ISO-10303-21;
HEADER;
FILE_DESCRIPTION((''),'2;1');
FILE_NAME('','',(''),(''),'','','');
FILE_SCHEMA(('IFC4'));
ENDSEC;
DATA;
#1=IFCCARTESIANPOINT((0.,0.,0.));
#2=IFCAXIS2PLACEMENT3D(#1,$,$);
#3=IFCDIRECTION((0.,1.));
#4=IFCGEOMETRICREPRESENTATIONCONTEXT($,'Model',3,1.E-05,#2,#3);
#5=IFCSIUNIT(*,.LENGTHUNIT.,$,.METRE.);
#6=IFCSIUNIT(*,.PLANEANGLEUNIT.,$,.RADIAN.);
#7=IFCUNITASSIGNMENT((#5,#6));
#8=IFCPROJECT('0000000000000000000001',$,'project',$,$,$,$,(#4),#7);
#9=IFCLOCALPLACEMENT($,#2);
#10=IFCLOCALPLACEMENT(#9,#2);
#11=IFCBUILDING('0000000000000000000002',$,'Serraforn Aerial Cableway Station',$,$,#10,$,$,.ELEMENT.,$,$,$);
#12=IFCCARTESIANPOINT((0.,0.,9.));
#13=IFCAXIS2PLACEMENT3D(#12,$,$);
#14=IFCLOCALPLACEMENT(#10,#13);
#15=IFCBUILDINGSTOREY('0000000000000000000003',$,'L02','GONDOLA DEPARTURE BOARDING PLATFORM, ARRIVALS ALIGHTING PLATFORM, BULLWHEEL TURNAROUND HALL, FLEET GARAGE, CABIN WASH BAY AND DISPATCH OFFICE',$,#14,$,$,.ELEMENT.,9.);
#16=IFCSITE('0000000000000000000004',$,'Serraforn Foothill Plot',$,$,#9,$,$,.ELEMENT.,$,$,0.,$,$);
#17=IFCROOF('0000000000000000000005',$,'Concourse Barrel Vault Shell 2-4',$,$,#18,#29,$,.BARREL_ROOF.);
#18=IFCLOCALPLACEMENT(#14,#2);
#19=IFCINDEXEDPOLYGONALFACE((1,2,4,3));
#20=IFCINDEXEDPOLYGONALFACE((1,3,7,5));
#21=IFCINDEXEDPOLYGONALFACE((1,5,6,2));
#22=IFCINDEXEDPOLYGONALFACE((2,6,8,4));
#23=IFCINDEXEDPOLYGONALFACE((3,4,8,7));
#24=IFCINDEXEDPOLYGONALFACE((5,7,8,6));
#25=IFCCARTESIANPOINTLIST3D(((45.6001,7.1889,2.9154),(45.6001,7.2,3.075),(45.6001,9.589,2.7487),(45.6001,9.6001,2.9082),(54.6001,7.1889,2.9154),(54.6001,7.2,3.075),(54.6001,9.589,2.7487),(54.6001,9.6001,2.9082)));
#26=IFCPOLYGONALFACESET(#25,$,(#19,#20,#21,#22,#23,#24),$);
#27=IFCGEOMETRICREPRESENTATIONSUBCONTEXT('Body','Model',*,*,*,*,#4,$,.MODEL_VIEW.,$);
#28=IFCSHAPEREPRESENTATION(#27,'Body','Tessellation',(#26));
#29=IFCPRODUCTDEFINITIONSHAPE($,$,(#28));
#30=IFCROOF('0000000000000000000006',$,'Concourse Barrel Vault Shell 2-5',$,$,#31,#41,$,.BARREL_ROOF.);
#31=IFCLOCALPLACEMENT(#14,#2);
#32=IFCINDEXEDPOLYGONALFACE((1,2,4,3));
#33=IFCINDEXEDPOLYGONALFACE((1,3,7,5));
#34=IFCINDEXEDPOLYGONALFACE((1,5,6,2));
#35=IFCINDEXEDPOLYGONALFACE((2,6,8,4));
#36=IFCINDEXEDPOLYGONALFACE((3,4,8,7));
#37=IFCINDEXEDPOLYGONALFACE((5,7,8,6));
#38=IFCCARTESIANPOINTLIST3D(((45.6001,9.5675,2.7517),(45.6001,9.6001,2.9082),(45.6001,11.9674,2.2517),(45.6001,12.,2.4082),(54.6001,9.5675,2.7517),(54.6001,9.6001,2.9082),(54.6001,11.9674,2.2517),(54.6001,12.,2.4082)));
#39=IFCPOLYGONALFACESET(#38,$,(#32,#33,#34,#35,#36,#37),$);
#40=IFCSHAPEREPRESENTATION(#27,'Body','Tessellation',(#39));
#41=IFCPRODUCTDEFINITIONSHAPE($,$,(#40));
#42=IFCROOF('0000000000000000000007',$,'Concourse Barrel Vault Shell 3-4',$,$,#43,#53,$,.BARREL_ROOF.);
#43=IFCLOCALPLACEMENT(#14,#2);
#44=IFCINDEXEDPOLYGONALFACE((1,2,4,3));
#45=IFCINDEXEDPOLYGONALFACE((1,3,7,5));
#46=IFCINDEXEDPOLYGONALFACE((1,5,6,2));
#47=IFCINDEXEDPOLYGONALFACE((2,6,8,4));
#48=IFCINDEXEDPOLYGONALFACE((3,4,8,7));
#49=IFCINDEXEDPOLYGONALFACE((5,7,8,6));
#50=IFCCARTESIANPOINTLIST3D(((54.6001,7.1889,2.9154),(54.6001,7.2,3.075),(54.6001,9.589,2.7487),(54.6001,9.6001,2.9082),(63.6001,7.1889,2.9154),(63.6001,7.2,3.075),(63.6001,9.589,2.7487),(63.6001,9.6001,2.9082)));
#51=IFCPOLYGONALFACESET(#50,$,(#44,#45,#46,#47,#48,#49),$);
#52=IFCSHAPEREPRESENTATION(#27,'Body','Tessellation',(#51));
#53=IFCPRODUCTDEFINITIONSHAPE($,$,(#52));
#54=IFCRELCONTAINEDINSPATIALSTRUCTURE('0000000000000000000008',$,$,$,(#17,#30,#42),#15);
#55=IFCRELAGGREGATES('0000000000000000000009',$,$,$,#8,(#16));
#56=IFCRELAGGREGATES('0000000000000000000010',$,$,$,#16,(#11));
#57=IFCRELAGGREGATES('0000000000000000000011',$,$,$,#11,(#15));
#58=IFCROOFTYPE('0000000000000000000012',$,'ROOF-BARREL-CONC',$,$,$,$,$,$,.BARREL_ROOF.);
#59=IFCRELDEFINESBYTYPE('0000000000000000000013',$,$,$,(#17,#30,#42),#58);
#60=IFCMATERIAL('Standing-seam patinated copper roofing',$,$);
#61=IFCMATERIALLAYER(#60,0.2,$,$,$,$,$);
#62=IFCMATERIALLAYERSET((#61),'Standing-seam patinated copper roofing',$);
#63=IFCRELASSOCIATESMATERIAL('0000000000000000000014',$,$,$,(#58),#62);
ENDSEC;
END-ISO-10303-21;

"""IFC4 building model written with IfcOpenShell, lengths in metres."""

from ifc_helpers import new_model, si_unit, direction, frame, origin, place, context, subcontext, project, spatial, polyline, outline, extrude, material, layer, layer_set, type_object, element, save


model = new_model("IFC4")

# Units and contexts
model_context = context("Model", 3, precision=1e-05, world=origin(), true_north=direction((0.0, 1.0)))
body_context = subcontext(model_context, "Body", "Model", "MODEL_VIEW")
ifc_project = project(units=[si_unit("LENGTHUNIT", "METRE"), si_unit("PLANEANGLEUNIT", "RADIAN")], contexts=[model_context])

# Site, building, storey
site_placement = place(None, origin())
site = spatial("IfcSite", under=ifc_project, at=site_placement, Name="Serraforn Foothill Plot", CompositionType="ELEMENT", RefElevation=0.0)
building_placement = place(site_placement, origin())
building = spatial("IfcBuilding", under=site, at=building_placement, Name="Serraforn Aerial Cableway Station", CompositionType="ELEMENT")
storey_placement = place(building_placement, frame((0.0, 0.0, 9.0)))
storey = spatial("IfcBuildingStorey", under=building, at=storey_placement, Name="L02", Description="GONDOLA DEPARTURE BOARDING PLATFORM, ARRIVALS ALIGHTING PLATFORM, BULLWHEEL TURNAROUND HALL, FLEET GARAGE, CABIN WASH BAY AND DISPATCH OFFICE", CompositionType="ELEMENT", Elevation=9.0)

# Roofs
ifc_material_1 = material(Name="Standing-seam patinated copper roofing")
ifc_layer_1 = layer(ifc_material_1, 0.2)
ifc_layer_set_1 = layer_set([ifc_layer_1], Name="Standing-seam patinated copper roofing")
roof_type = type_object("IfcRoofType", Name="ROOF-BARREL-CONC", PredefinedType="BARREL_ROOF", material=ifc_layer_set_1)
roof_1_placement = place(storey_placement, frame((54.6001, 9.6001, 2.9082), z_axis=(0.0, 0.069307, 0.997595), x_axis=(-1.0, 0.0, 0.0)))
element("IfcRoof", 1, at=roof_1_placement, inside=storey, type_object=roof_type, Name="Concourse Barrel Vault Shell 2-4", PredefinedType="BARREL_ROOF", context=body_context, shape_type="SweptSolid", body=[
    extrude(outline(polyline([(0.0, 0.0), (9.0, 0.0), (9.0, 2.4059), (0.0, 2.4059), (0.0, 0.0)])), origin(), (0.0, 0.0, -1.0), 0.1599),
])
roof_2_placement = place(storey_placement, frame((54.6001, 12.0, 2.4082), z_axis=(0.0, 0.203962, 0.978979), x_axis=(-1.0, 0.0, 0.0)))
element("IfcRoof", 2, at=roof_2_placement, inside=storey, type_object=roof_type, Name="Concourse Barrel Vault Shell 2-5", PredefinedType="BARREL_ROOF", context=body_context, shape_type="SweptSolid", body=[
    extrude(outline(polyline([(0.0, 0.0), (9.0, 0.0), (9.0, 2.4514), (0.0, 2.4514), (0.0, 0.0)])), origin(), (0.0, 0.0, -1.0), 0.1599),
])
roof_3_placement = place(storey_placement, frame((63.6001, 9.6001, 2.9082), z_axis=(0.0, 0.069307, 0.997595), x_axis=(-1.0, 0.0, 0.0)))
element("IfcRoof", 3, at=roof_3_placement, inside=storey, type_object=roof_type, Name="Concourse Barrel Vault Shell 3-4", PredefinedType="BARREL_ROOF", context=body_context, shape_type="SweptSolid", body=[
    extrude(outline(polyline([(0.0, 0.0), (9.0, 0.0), (9.0, 2.4059), (0.0, 2.4059), (0.0, 0.0)])), origin(), (0.0, 0.0, -1.0), 0.1599),
])

save(model, "model.ifc")
